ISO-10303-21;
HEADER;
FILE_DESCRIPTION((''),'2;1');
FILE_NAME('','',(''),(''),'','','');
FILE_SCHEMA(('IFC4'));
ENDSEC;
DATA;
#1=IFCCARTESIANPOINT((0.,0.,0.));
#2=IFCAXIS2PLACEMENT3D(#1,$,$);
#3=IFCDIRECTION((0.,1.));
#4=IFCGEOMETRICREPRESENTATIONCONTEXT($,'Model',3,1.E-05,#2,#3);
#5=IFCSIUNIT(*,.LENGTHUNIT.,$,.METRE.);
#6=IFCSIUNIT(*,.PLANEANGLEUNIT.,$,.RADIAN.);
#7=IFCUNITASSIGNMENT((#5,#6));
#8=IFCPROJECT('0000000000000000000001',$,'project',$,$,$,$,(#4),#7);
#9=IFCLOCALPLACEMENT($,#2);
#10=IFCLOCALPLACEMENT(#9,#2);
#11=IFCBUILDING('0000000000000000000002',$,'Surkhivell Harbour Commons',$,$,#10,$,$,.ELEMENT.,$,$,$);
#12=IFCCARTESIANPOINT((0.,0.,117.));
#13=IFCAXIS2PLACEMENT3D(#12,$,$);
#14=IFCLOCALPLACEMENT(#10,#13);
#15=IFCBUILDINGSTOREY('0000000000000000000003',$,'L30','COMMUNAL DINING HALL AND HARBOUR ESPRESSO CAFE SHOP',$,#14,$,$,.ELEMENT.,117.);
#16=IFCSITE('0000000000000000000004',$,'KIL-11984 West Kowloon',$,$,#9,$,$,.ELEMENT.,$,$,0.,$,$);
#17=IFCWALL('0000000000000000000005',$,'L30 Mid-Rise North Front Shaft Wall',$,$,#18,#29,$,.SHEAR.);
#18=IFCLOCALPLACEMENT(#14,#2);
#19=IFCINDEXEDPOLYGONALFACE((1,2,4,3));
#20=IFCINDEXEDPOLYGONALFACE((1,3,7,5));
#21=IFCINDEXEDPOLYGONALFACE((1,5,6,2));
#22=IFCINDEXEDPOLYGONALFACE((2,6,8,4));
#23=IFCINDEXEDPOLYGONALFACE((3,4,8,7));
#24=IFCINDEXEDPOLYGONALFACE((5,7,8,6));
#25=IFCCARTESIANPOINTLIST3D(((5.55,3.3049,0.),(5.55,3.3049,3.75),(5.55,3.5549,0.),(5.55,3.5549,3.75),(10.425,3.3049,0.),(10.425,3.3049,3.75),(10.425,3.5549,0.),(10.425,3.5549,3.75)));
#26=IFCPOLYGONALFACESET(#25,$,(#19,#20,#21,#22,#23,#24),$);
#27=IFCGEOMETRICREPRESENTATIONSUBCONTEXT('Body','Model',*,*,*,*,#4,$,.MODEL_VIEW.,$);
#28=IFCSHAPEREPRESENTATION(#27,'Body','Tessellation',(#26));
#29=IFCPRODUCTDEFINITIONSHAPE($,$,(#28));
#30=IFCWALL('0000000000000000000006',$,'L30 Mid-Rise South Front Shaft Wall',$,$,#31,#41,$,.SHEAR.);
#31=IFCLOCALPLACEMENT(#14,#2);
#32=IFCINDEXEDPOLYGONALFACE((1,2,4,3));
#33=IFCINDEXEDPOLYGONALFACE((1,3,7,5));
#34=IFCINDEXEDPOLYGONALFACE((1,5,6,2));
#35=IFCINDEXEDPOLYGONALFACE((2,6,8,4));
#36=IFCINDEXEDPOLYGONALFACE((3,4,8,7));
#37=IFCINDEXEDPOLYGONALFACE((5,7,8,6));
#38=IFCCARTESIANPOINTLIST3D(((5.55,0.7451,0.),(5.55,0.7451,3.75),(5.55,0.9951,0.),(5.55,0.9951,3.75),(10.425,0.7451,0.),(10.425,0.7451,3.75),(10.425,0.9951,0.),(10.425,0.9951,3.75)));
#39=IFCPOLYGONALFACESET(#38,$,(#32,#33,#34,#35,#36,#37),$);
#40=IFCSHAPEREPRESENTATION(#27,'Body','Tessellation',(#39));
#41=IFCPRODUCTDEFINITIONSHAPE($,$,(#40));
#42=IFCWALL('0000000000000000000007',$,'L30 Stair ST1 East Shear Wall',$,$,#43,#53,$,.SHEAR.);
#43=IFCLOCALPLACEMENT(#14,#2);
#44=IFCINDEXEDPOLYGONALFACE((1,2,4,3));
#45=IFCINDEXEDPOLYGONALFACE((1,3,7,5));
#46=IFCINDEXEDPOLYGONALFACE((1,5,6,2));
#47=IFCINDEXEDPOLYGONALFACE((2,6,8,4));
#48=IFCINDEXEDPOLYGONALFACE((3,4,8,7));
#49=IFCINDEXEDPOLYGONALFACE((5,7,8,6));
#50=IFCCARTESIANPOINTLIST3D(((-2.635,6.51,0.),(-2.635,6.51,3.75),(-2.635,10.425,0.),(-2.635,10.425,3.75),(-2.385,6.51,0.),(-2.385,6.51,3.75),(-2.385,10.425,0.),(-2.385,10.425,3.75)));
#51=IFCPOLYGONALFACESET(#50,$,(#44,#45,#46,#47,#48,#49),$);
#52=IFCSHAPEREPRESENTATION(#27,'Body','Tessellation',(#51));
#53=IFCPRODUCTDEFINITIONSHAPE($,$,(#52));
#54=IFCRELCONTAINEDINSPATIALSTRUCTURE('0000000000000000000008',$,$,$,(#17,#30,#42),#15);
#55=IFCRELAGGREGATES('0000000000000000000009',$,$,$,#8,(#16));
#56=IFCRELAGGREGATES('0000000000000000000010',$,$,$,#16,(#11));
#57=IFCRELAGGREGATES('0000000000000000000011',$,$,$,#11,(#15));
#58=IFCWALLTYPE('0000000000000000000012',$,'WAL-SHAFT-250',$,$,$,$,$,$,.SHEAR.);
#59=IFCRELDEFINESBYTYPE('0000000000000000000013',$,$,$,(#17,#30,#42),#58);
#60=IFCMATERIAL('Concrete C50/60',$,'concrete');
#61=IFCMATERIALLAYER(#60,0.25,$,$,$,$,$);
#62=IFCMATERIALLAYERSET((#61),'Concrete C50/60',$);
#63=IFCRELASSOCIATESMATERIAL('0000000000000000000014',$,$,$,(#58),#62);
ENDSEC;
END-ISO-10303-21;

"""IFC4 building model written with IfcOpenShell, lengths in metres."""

from ifc_helpers import new_model, si_unit, direction, frame, frame_2d, origin, place, context, subcontext, project, spatial, rectangle, extrude, material, layer, layer_set, type_object, element, save


model = new_model("IFC4")

# Units and contexts
model_context = context("Model", 3, precision=1e-05, world=origin(), true_north=direction((0.0, 1.0)))
body_context = subcontext(model_context, "Body", "Model", "MODEL_VIEW")
ifc_project = project(units=[si_unit("LENGTHUNIT", "METRE"), si_unit("PLANEANGLEUNIT", "RADIAN")], contexts=[model_context])

# Site, building, storey
site_placement = place(None, origin())
site = spatial("IfcSite", under=ifc_project, at=site_placement, Name="KIL-11984 West Kowloon", CompositionType="ELEMENT", RefElevation=0.0)
building_placement = place(site_placement, origin())
building = spatial("IfcBuilding", under=site, at=building_placement, Name="Surkhivell Harbour Commons", CompositionType="ELEMENT")
storey_placement = place(building_placement, frame((0.0, 0.0, 117.0)))
storey = spatial("IfcBuildingStorey", under=building, at=storey_placement, Name="L30", Description="COMMUNAL DINING HALL AND HARBOUR ESPRESSO CAFE SHOP", CompositionType="ELEMENT", Elevation=117.0)

# Shared definitions
ifc_material_1 = material(Name="Concrete C50/60", Category="concrete")
ifc_layer_1 = layer(ifc_material_1, 0.25)
ifc_layer_set_1 = layer_set([ifc_layer_1], Name="Concrete C50/60")
wall_type_1 = type_object("IfcWallType", Name="WAL-SHAFT-250", PredefinedType="SHEAR", material=ifc_layer_set_1)

# Walls
for number, where, z_axis, x_axis, name in (
    (1, (5.55, 3.4299, 0.0), (0.0, 0.0, 1.0), (1.0, 0.0, 0.0), "L30 Mid-Rise North Front Shaft Wall"),
    (2, (5.55, 0.8701, 0.0), (0.0, 0.0, 1.0), (1.0, 0.0, 0.0), "L30 Mid-Rise South Front Shaft Wall"),
):
    element("IfcWall", number, at=place(storey_placement, frame(where, z_axis=z_axis, x_axis=x_axis)), inside=storey, type_object=wall_type_1, Name=name, PredefinedType="SHEAR", context=body_context, shape_type="SweptSolid", body=[
        extrude(rectangle(XDim=4.875, YDim=0.25, at=frame_2d((2.4375, 0.0))), origin(), (0.0, 0.0, 1.0), 3.75),
    ])
wall_1_placement = place(storey_placement, frame((-2.51, 6.51, 0.0), z_axis=(0.0, 0.0, 1.0), x_axis=(0.0, 1.0, 0.0)))
element("IfcWall", 3, at=wall_1_placement, inside=storey, type_object=wall_type_1, Name="L30 Stair ST1 East Shear Wall", PredefinedType="SHEAR", context=body_context, shape_type="SweptSolid", body=[
    extrude(rectangle(XDim=3.915, YDim=0.25, at=frame_2d((1.9575, 0.0))), origin(), (0.0, 0.0, 1.0), 3.75),
])

save(model, "model.ifc")
